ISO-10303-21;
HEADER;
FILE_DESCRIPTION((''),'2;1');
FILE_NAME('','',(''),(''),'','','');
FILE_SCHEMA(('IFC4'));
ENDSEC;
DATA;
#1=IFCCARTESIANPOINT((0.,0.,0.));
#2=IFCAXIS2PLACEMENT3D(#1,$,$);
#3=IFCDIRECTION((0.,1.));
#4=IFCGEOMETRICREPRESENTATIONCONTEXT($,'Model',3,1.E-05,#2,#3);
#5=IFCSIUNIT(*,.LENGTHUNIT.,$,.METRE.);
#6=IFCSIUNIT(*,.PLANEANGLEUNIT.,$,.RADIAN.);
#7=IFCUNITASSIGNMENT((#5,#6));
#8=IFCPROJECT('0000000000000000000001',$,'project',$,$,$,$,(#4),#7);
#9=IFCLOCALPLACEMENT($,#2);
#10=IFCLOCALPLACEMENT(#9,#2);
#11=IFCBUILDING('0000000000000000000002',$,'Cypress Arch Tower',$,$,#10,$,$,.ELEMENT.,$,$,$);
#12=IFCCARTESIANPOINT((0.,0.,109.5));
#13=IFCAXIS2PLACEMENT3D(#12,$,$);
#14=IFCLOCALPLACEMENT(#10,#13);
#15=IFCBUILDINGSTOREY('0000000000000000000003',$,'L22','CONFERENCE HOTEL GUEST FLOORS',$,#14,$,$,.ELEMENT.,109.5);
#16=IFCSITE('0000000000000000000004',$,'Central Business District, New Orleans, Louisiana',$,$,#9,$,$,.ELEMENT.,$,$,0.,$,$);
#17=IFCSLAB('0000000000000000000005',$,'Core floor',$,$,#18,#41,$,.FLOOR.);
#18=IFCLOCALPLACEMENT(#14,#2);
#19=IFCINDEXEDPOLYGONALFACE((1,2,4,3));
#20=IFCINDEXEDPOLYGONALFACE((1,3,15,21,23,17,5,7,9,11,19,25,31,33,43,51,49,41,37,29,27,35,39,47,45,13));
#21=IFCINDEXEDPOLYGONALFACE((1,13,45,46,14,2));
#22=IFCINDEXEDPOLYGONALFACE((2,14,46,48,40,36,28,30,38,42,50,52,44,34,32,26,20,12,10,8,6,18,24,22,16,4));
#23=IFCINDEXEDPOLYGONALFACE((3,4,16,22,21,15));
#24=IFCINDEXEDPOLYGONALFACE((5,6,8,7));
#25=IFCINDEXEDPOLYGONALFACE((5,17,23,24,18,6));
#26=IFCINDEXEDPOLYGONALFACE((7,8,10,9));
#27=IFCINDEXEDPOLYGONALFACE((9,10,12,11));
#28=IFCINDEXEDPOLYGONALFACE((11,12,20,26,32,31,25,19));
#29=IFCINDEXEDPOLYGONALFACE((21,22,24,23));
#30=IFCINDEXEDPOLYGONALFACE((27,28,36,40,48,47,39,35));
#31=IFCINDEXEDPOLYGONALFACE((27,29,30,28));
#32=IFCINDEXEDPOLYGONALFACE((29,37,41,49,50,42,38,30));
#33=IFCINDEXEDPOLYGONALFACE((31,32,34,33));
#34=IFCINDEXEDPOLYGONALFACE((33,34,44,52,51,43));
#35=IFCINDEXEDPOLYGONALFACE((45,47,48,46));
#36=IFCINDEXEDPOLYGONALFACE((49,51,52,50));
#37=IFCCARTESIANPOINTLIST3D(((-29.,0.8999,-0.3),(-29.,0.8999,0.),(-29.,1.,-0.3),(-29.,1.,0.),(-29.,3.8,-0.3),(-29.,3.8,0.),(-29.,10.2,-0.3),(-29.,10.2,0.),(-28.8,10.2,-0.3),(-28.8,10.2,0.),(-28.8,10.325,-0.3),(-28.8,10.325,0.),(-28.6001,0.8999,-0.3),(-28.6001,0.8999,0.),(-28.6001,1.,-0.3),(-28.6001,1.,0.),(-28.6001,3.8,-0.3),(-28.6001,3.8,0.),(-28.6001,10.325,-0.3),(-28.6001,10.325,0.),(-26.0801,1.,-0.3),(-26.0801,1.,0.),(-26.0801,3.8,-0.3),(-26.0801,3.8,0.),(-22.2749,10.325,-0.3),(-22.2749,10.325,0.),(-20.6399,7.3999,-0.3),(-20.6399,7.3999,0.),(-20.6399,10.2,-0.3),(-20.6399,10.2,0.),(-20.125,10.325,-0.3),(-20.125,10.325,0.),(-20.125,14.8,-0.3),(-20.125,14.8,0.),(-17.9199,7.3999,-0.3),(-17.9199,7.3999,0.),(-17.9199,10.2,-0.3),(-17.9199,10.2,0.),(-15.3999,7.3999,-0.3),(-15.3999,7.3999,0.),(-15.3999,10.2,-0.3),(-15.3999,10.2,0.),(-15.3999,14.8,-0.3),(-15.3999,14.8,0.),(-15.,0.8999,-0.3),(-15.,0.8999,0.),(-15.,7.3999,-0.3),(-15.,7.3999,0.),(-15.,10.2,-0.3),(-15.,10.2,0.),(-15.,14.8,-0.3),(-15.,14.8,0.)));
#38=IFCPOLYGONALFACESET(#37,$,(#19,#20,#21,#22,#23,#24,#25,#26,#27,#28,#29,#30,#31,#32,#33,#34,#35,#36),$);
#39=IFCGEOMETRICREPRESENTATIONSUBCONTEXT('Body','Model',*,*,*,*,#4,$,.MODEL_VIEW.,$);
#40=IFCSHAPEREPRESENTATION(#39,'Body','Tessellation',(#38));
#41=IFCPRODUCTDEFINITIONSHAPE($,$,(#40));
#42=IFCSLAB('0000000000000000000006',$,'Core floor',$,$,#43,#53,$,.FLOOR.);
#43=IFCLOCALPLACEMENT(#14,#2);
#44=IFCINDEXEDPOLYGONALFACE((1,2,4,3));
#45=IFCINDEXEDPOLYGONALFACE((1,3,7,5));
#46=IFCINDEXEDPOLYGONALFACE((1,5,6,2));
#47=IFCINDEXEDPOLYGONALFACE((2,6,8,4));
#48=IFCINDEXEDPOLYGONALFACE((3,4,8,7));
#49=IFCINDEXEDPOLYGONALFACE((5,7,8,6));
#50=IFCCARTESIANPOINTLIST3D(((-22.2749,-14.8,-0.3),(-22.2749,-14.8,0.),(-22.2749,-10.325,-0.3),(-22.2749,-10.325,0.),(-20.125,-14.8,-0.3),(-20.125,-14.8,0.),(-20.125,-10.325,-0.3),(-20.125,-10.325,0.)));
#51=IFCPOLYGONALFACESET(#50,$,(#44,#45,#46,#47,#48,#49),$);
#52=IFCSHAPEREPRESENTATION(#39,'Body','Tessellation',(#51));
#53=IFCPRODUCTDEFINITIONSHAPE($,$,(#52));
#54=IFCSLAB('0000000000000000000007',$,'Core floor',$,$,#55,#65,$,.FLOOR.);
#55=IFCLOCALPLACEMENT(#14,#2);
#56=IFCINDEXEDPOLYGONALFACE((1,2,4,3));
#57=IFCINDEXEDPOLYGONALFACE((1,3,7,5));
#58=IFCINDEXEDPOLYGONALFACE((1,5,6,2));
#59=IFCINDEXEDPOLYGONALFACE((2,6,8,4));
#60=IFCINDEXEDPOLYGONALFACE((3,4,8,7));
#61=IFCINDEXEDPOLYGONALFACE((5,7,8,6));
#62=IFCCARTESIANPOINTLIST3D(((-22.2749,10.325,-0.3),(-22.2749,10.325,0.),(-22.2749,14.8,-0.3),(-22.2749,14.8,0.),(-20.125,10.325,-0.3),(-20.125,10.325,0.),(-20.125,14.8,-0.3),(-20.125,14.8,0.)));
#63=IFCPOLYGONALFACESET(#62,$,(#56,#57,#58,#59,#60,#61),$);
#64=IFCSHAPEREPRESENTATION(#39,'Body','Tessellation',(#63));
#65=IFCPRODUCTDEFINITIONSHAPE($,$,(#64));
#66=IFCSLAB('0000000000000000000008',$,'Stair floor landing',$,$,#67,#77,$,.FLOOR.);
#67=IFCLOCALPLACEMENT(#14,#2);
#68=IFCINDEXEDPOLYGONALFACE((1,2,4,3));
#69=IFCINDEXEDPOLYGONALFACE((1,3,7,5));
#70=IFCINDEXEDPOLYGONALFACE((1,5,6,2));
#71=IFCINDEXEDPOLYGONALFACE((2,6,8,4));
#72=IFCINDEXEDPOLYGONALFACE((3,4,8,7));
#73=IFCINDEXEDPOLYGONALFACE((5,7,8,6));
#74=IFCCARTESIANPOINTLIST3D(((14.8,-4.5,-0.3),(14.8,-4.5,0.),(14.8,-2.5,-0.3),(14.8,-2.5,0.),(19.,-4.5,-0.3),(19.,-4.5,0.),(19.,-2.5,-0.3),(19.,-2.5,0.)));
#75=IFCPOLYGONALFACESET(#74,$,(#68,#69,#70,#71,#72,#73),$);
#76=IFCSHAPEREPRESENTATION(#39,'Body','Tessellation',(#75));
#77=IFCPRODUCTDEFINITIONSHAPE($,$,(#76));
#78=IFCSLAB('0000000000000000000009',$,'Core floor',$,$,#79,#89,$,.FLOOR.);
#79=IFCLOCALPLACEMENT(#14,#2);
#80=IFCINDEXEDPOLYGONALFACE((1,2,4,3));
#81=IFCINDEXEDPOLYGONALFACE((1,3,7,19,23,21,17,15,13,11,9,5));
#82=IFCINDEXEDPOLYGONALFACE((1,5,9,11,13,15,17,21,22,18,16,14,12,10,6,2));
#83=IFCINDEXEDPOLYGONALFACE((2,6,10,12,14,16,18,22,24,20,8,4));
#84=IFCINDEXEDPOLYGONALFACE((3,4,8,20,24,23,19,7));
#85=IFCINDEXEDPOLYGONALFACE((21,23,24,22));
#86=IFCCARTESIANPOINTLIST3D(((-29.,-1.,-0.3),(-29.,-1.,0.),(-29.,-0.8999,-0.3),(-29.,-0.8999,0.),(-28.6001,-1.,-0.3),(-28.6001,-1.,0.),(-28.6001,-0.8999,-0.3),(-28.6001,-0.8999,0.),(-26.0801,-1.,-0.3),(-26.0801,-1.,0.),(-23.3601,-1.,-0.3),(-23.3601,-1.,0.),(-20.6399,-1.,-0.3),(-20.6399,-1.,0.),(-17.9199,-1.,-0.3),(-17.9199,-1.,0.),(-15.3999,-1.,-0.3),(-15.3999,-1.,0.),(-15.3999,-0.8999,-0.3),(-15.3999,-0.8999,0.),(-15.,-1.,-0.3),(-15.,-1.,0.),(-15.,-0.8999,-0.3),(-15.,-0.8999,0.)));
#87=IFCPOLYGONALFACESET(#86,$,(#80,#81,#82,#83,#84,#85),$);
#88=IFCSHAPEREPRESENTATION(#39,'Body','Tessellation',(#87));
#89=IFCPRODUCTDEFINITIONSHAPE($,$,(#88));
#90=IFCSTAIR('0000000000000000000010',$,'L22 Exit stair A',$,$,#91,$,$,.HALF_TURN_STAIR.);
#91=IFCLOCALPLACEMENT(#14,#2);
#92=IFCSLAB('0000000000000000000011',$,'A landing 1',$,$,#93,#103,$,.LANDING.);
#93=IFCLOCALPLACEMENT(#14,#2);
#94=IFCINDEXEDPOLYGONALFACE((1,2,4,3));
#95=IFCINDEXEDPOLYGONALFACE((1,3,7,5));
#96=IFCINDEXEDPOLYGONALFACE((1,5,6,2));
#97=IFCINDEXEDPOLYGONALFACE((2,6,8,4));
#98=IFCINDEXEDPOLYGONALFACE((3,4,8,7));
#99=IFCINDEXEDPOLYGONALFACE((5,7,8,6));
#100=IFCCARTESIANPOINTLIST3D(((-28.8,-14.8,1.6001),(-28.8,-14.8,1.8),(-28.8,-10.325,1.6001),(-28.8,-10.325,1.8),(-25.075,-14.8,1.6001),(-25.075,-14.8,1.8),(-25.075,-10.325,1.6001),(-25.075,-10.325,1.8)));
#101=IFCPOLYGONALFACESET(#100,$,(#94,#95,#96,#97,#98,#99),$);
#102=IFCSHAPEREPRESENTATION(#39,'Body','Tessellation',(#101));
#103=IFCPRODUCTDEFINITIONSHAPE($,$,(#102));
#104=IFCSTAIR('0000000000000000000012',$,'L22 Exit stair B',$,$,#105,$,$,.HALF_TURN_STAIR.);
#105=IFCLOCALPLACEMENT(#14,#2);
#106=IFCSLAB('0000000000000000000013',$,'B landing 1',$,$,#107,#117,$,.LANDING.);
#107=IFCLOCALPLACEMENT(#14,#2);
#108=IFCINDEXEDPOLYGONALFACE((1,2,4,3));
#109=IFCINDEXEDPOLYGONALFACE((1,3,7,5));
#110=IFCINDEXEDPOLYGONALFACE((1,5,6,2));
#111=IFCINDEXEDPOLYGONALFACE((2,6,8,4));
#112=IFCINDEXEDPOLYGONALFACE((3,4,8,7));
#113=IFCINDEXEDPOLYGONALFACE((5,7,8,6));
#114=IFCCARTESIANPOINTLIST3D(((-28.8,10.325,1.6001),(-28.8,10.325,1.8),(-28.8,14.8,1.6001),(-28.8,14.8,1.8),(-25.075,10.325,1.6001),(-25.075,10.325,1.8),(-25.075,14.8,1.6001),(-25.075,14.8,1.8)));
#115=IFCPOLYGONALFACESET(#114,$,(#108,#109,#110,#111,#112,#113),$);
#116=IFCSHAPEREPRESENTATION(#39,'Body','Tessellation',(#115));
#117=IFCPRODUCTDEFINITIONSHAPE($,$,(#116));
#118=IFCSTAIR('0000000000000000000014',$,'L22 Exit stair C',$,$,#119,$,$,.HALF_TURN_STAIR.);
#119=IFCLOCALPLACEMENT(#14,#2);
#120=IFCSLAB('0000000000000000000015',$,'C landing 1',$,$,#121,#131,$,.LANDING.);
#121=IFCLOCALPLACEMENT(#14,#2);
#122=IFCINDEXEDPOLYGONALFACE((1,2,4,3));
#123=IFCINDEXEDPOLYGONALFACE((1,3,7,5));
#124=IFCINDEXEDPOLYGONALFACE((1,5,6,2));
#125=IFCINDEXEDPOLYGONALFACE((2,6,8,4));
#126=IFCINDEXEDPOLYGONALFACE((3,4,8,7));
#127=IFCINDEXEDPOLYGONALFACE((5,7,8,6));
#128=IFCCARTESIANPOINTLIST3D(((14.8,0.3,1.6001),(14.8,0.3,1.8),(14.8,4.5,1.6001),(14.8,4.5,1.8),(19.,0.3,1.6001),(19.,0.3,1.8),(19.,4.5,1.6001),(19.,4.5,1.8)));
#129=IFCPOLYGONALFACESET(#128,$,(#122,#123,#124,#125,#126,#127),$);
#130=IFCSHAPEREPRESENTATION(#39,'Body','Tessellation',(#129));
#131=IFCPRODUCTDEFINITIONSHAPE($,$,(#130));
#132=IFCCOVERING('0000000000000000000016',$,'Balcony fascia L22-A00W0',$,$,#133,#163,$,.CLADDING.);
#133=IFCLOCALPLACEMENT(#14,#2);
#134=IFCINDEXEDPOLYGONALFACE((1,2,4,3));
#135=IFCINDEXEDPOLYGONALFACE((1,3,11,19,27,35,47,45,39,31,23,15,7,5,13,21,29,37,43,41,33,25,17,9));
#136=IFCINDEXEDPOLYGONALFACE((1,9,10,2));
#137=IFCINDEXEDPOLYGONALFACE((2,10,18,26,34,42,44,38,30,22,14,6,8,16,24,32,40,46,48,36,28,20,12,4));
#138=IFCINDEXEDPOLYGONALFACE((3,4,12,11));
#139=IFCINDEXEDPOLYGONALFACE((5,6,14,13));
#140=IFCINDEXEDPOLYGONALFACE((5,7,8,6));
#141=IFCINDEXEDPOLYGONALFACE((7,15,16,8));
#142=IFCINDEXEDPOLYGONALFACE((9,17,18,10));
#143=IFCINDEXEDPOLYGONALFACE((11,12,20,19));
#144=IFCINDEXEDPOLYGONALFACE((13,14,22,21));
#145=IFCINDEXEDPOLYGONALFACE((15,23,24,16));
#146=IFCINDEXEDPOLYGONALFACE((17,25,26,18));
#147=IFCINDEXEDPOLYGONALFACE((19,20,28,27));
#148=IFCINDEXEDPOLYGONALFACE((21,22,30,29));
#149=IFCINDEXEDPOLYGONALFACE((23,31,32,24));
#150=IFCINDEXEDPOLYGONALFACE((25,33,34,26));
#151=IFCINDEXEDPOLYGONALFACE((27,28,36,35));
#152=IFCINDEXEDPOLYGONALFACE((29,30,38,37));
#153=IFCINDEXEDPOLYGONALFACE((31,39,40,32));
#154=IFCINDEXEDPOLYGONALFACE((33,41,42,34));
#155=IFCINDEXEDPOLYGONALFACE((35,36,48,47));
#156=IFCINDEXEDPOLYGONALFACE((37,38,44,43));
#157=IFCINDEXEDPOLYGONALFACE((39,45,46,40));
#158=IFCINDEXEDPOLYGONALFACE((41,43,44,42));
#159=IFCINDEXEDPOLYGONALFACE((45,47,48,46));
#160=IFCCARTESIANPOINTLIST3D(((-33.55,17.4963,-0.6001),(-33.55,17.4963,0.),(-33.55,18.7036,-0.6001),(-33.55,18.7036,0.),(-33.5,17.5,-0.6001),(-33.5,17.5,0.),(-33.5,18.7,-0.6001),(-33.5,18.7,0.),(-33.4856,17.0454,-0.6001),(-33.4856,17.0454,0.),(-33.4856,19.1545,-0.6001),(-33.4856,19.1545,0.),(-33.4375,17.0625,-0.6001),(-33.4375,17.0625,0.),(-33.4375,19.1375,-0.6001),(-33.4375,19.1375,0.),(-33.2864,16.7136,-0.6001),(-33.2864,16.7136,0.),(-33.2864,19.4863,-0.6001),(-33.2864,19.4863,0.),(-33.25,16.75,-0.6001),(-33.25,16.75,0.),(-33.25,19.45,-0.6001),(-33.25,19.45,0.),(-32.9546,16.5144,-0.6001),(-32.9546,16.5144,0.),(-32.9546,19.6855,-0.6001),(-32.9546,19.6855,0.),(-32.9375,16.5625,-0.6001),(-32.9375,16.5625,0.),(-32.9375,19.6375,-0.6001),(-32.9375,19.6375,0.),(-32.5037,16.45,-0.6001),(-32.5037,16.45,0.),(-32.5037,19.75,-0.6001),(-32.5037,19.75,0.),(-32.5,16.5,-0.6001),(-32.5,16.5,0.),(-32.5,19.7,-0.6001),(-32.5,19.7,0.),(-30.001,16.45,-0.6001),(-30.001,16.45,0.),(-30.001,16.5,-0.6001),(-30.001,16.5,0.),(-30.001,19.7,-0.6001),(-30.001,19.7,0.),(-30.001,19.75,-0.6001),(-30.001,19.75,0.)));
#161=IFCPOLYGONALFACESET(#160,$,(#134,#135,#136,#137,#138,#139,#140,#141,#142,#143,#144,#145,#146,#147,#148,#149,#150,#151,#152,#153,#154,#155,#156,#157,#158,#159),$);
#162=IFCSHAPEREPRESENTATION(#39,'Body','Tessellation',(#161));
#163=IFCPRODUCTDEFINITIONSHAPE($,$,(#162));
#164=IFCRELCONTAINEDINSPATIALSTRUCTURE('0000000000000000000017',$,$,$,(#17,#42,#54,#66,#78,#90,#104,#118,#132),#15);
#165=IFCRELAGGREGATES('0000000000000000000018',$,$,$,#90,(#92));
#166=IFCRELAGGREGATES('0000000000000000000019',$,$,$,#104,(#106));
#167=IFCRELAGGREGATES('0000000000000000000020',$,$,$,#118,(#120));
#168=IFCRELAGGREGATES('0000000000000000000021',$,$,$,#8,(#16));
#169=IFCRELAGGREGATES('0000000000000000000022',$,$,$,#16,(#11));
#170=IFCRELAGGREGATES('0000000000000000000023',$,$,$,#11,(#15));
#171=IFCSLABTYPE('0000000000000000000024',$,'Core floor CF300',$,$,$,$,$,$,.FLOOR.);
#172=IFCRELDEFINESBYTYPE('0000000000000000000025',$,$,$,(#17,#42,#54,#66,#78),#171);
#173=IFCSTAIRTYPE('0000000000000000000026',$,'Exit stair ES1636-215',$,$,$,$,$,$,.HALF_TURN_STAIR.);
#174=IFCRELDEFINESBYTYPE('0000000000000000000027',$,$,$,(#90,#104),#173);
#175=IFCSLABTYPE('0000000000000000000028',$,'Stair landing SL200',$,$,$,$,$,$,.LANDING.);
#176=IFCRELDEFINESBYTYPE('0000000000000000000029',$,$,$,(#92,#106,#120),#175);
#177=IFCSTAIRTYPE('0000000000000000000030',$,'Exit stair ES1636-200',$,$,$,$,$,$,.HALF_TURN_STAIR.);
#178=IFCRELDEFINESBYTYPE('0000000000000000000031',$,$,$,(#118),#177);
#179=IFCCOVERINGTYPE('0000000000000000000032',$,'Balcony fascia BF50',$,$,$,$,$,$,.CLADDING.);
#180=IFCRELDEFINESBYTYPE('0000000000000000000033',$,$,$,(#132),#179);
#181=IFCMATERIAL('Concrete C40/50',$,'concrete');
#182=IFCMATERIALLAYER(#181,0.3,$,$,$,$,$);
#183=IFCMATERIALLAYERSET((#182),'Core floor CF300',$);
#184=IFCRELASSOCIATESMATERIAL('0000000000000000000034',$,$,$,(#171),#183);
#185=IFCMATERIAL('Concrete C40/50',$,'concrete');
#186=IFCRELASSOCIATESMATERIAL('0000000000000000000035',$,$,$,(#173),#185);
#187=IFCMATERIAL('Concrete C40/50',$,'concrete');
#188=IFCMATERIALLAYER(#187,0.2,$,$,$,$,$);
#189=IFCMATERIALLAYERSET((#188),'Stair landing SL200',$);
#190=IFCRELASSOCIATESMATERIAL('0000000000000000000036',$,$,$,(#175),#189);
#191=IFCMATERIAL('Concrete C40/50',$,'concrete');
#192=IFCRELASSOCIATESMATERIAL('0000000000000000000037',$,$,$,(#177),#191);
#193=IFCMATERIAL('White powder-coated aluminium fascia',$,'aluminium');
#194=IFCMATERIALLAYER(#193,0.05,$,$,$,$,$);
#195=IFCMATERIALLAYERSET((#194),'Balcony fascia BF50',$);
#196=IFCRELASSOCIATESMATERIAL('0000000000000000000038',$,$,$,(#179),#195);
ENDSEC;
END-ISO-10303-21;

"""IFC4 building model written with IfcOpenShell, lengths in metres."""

from ifc_helpers import new_model, si_unit, direction, frame, origin, place, context, subcontext, project, spatial, polyline, outline, extrude, material, layer, layer_set, type_object, element, aggregate, save


model = new_model("IFC4")

# Units and contexts
model_context = context("Model", 3, precision=1e-05, world=origin(), true_north=direction((0.0, 1.0)))
body_context = subcontext(model_context, "Body", "Model", "MODEL_VIEW")
ifc_project = project(units=[si_unit("LENGTHUNIT", "METRE"), si_unit("PLANEANGLEUNIT", "RADIAN")], contexts=[model_context])

# Site, building, storey
site_placement = place(None, origin())
site = spatial("IfcSite", under=ifc_project, at=site_placement, Name="Central Business District, New Orleans, Louisiana", CompositionType="ELEMENT", RefElevation=0.0)
building_placement = place(site_placement, origin())
building = spatial("IfcBuilding", under=site, at=building_placement, Name="Cypress Arch Tower", CompositionType="ELEMENT")
storey_placement = place(building_placement, frame((0.0, 0.0, 109.5)))
storey = spatial("IfcBuildingStorey", under=building, at=storey_placement, Name="L22", Description="CONFERENCE HOTEL GUEST FLOORS", CompositionType="ELEMENT", Elevation=109.5)

# Slabs
ifc_material_1 = material(Name="Concrete C40/50", Category="concrete")
ifc_layer_1 = layer(ifc_material_1, 0.3)
ifc_layer_set_1 = layer_set([ifc_layer_1], Name="Core floor CF300")
slab_type_1 = type_object("IfcSlabType", Name="Core floor CF300", PredefinedType="FLOOR", material=ifc_layer_set_1)
slab_1_placement = place(storey_placement, frame((0.0, 0.0, -0.3)))
element("IfcSlab", 1, at=slab_1_placement, inside=storey, type_object=slab_type_1, Name="Core floor", PredefinedType="FLOOR", context=body_context, shape_type="SweptSolid", body=[
    extrude(outline(polyline([(-29.0, 3.8), (-29.0, 10.2), (-28.8, 10.2), (-28.8, 10.325), (-28.6001, 10.325), (-22.2749, 10.325), (-20.125, 10.325), (-20.125, 14.8), (-15.3999, 14.8), (-15.0, 14.8), (-15.0, 10.2), (-15.3999, 10.2), (-17.9199, 10.2), (-20.6399, 10.2), (-20.6399, 7.3999), (-17.9199, 7.3999), (-15.3999, 7.3999), (-15.0, 7.3999), (-15.0, 0.8999), (-28.6001, 0.8999), (-29.0, 0.8999), (-29.0, 1.0), (-28.6001, 1.0), (-26.0801, 1.0), (-26.0801, 3.8), (-28.6001, 3.8), (-29.0, 3.8)])), origin(), (0.0, 0.0, 1.0), 0.3),
])
slab_2_placement = place(storey_placement, frame((0.0, 0.0, -0.3)))
element("IfcSlab", 2, at=slab_2_placement, inside=storey, type_object=slab_type_1, Name="Core floor", PredefinedType="FLOOR", context=body_context, shape_type="SweptSolid", body=[
    extrude(outline(polyline([(-22.2749, -10.325), (-22.2749, -14.8), (-20.125, -14.8), (-20.125, -10.325), (-22.2749, -10.325)])), origin(), (0.0, 0.0, 1.0), 0.3),
])
slab_3_placement = place(storey_placement, frame((0.0, 0.0, -0.3)))
element("IfcSlab", 3, at=slab_3_placement, inside=storey, type_object=slab_type_1, Name="Core floor", PredefinedType="FLOOR", context=body_context, shape_type="SweptSolid", body=[
    extrude(outline(polyline([(-20.125, 14.8), (-22.2749, 14.8), (-22.2749, 10.325), (-20.125, 10.325), (-20.125, 14.8)])), origin(), (0.0, 0.0, 1.0), 0.3),
])
slab_4_placement = place(storey_placement, frame((0.0, 0.0, -0.3)))
element("IfcSlab", 4, at=slab_4_placement, inside=storey, type_object=slab_type_1, Name="Stair floor landing", PredefinedType="FLOOR", context=body_context, shape_type="SweptSolid", body=[
    extrude(outline(polyline([(19.0, -4.5), (19.0, -2.5), (14.8, -2.5), (14.8, -4.5), (19.0, -4.5)])), origin(), (0.0, 0.0, 1.0), 0.3),
])
slab_5_placement = place(storey_placement, frame((0.0, 0.0, -0.3)))
element("IfcSlab", 5, at=slab_5_placement, inside=storey, type_object=slab_type_1, Name="Core floor", PredefinedType="FLOOR", context=body_context, shape_type="SweptSolid", body=[
    extrude(outline(polyline([(-20.6399, -1.0), (-23.3601, -1.0), (-26.0801, -1.0), (-28.6001, -1.0), (-29.0, -1.0), (-29.0, -0.8999), (-28.6001, -0.8999), (-15.3999, -0.8999), (-15.0, -0.8999), (-15.0, -1.0), (-15.3999, -1.0), (-17.9199, -1.0), (-20.6399, -1.0)])), origin(), (0.0, 0.0, 1.0), 0.3),
])

# Stairs, slabs
ifc_material_2 = material(Name="Concrete C40/50", Category="concrete")
stair_type_1 = type_object("IfcStairType", Name="Exit stair ES1636-215", PredefinedType="HALF_TURN_STAIR", material=ifc_material_2)
stair_1_placement = place(storey_placement, origin())
stair_1 = element("IfcStair", 6, at=stair_1_placement, inside=storey, type_object=stair_type_1, Name="L22 Exit stair A", PredefinedType="HALF_TURN_STAIR")
ifc_material_3 = material(Name="Concrete C40/50", Category="concrete")
ifc_layer_2 = layer(ifc_material_3, 0.2)
ifc_layer_set_2 = layer_set([ifc_layer_2], Name="Stair landing SL200")
slab_type_2 = type_object("IfcSlabType", Name="Stair landing SL200", PredefinedType="LANDING", material=ifc_layer_set_2)
slab_6_placement = place(storey_placement, frame((0.0, 0.0, 1.6001)))
slab_6 = element("IfcSlab", 7, at=slab_6_placement, type_object=slab_type_2, Name="A landing 1", PredefinedType="LANDING", context=body_context, shape_type="SweptSolid", body=[
    extrude(outline(polyline([(-25.075, -10.325), (-28.8, -10.325), (-28.8, -14.8), (-25.075, -14.8), (-25.075, -10.325)])), origin(), (0.0, 0.0, 1.0), 0.2),
])
aggregate(stair_1, [slab_6])
stair_2_placement = place(storey_placement, origin())
stair_2 = element("IfcStair", 8, at=stair_2_placement, inside=storey, type_object=stair_type_1, Name="L22 Exit stair B", PredefinedType="HALF_TURN_STAIR")
slab_7_placement = place(storey_placement, frame((0.0, 0.0, 1.6001)))
slab_7 = element("IfcSlab", 9, at=slab_7_placement, type_object=slab_type_2, Name="B landing 1", PredefinedType="LANDING", context=body_context, shape_type="SweptSolid", body=[
    extrude(outline(polyline([(-25.075, 14.8), (-28.8, 14.8), (-28.8, 10.325), (-25.075, 10.325), (-25.075, 14.8)])), origin(), (0.0, 0.0, 1.0), 0.2),
])
aggregate(stair_2, [slab_7])
ifc_material_4 = material(Name="Concrete C40/50", Category="concrete")
stair_type_2 = type_object("IfcStairType", Name="Exit stair ES1636-200", PredefinedType="HALF_TURN_STAIR", material=ifc_material_4)
stair_3_placement = place(storey_placement, origin())
stair_3 = element("IfcStair", 10, at=stair_3_placement, inside=storey, type_object=stair_type_2, Name="L22 Exit stair C", PredefinedType="HALF_TURN_STAIR")
slab_8_placement = place(storey_placement, frame((0.0, 0.0, 1.6001)))
slab_8 = element("IfcSlab", 11, at=slab_8_placement, type_object=slab_type_2, Name="C landing 1", PredefinedType="LANDING", context=body_context, shape_type="SweptSolid", body=[
    extrude(outline(polyline([(19.0, 0.3), (19.0, 4.5), (14.8, 4.5), (14.8, 0.3), (19.0, 0.3)])), origin(), (0.0, 0.0, 1.0), 0.2),
])
aggregate(stair_3, [slab_8])

# Covering
ifc_material_5 = material(Name="White powder-coated aluminium fascia", Category="aluminium")
ifc_layer_3 = layer(ifc_material_5, 0.05)
ifc_layer_set_3 = layer_set([ifc_layer_3], Name="Balcony fascia BF50")
covering_type_1 = type_object("IfcCoveringType", Name="Balcony fascia BF50", PredefinedType="CLADDING", material=ifc_layer_set_3)
covering_1_placement = place(storey_placement, frame((0.0, 0.0, -0.6001)))
element("IfcCovering", 12, at=covering_1_placement, inside=storey, type_object=covering_type_1, Name="Balcony fascia L22-A00W0", PredefinedType="CLADDING", context=body_context, shape_type="SweptSolid", body=[
    extrude(outline(polyline([(-32.5037, 16.45), (-32.9546, 16.5144), (-33.2864, 16.7136), (-33.4856, 17.0454), (-33.55, 17.4963), (-33.55, 18.7036), (-33.4856, 19.1545), (-33.2864, 19.4863), (-32.9546, 19.6855), (-32.5037, 19.75), (-30.001, 19.75), (-30.001, 19.7), (-32.5, 19.7), (-32.9375, 19.6375), (-33.25, 19.45), (-33.4375, 19.1375), (-33.5, 18.7), (-33.5, 17.5), (-33.4375, 17.0625), (-33.25, 16.75), (-32.9375, 16.5625), (-32.5, 16.5), (-30.001, 16.5), (-30.001, 16.45), (-32.5037, 16.45)])), origin(), (0.0, 0.0, 1.0), 0.6001),
])

save(model, "model.ifc")
